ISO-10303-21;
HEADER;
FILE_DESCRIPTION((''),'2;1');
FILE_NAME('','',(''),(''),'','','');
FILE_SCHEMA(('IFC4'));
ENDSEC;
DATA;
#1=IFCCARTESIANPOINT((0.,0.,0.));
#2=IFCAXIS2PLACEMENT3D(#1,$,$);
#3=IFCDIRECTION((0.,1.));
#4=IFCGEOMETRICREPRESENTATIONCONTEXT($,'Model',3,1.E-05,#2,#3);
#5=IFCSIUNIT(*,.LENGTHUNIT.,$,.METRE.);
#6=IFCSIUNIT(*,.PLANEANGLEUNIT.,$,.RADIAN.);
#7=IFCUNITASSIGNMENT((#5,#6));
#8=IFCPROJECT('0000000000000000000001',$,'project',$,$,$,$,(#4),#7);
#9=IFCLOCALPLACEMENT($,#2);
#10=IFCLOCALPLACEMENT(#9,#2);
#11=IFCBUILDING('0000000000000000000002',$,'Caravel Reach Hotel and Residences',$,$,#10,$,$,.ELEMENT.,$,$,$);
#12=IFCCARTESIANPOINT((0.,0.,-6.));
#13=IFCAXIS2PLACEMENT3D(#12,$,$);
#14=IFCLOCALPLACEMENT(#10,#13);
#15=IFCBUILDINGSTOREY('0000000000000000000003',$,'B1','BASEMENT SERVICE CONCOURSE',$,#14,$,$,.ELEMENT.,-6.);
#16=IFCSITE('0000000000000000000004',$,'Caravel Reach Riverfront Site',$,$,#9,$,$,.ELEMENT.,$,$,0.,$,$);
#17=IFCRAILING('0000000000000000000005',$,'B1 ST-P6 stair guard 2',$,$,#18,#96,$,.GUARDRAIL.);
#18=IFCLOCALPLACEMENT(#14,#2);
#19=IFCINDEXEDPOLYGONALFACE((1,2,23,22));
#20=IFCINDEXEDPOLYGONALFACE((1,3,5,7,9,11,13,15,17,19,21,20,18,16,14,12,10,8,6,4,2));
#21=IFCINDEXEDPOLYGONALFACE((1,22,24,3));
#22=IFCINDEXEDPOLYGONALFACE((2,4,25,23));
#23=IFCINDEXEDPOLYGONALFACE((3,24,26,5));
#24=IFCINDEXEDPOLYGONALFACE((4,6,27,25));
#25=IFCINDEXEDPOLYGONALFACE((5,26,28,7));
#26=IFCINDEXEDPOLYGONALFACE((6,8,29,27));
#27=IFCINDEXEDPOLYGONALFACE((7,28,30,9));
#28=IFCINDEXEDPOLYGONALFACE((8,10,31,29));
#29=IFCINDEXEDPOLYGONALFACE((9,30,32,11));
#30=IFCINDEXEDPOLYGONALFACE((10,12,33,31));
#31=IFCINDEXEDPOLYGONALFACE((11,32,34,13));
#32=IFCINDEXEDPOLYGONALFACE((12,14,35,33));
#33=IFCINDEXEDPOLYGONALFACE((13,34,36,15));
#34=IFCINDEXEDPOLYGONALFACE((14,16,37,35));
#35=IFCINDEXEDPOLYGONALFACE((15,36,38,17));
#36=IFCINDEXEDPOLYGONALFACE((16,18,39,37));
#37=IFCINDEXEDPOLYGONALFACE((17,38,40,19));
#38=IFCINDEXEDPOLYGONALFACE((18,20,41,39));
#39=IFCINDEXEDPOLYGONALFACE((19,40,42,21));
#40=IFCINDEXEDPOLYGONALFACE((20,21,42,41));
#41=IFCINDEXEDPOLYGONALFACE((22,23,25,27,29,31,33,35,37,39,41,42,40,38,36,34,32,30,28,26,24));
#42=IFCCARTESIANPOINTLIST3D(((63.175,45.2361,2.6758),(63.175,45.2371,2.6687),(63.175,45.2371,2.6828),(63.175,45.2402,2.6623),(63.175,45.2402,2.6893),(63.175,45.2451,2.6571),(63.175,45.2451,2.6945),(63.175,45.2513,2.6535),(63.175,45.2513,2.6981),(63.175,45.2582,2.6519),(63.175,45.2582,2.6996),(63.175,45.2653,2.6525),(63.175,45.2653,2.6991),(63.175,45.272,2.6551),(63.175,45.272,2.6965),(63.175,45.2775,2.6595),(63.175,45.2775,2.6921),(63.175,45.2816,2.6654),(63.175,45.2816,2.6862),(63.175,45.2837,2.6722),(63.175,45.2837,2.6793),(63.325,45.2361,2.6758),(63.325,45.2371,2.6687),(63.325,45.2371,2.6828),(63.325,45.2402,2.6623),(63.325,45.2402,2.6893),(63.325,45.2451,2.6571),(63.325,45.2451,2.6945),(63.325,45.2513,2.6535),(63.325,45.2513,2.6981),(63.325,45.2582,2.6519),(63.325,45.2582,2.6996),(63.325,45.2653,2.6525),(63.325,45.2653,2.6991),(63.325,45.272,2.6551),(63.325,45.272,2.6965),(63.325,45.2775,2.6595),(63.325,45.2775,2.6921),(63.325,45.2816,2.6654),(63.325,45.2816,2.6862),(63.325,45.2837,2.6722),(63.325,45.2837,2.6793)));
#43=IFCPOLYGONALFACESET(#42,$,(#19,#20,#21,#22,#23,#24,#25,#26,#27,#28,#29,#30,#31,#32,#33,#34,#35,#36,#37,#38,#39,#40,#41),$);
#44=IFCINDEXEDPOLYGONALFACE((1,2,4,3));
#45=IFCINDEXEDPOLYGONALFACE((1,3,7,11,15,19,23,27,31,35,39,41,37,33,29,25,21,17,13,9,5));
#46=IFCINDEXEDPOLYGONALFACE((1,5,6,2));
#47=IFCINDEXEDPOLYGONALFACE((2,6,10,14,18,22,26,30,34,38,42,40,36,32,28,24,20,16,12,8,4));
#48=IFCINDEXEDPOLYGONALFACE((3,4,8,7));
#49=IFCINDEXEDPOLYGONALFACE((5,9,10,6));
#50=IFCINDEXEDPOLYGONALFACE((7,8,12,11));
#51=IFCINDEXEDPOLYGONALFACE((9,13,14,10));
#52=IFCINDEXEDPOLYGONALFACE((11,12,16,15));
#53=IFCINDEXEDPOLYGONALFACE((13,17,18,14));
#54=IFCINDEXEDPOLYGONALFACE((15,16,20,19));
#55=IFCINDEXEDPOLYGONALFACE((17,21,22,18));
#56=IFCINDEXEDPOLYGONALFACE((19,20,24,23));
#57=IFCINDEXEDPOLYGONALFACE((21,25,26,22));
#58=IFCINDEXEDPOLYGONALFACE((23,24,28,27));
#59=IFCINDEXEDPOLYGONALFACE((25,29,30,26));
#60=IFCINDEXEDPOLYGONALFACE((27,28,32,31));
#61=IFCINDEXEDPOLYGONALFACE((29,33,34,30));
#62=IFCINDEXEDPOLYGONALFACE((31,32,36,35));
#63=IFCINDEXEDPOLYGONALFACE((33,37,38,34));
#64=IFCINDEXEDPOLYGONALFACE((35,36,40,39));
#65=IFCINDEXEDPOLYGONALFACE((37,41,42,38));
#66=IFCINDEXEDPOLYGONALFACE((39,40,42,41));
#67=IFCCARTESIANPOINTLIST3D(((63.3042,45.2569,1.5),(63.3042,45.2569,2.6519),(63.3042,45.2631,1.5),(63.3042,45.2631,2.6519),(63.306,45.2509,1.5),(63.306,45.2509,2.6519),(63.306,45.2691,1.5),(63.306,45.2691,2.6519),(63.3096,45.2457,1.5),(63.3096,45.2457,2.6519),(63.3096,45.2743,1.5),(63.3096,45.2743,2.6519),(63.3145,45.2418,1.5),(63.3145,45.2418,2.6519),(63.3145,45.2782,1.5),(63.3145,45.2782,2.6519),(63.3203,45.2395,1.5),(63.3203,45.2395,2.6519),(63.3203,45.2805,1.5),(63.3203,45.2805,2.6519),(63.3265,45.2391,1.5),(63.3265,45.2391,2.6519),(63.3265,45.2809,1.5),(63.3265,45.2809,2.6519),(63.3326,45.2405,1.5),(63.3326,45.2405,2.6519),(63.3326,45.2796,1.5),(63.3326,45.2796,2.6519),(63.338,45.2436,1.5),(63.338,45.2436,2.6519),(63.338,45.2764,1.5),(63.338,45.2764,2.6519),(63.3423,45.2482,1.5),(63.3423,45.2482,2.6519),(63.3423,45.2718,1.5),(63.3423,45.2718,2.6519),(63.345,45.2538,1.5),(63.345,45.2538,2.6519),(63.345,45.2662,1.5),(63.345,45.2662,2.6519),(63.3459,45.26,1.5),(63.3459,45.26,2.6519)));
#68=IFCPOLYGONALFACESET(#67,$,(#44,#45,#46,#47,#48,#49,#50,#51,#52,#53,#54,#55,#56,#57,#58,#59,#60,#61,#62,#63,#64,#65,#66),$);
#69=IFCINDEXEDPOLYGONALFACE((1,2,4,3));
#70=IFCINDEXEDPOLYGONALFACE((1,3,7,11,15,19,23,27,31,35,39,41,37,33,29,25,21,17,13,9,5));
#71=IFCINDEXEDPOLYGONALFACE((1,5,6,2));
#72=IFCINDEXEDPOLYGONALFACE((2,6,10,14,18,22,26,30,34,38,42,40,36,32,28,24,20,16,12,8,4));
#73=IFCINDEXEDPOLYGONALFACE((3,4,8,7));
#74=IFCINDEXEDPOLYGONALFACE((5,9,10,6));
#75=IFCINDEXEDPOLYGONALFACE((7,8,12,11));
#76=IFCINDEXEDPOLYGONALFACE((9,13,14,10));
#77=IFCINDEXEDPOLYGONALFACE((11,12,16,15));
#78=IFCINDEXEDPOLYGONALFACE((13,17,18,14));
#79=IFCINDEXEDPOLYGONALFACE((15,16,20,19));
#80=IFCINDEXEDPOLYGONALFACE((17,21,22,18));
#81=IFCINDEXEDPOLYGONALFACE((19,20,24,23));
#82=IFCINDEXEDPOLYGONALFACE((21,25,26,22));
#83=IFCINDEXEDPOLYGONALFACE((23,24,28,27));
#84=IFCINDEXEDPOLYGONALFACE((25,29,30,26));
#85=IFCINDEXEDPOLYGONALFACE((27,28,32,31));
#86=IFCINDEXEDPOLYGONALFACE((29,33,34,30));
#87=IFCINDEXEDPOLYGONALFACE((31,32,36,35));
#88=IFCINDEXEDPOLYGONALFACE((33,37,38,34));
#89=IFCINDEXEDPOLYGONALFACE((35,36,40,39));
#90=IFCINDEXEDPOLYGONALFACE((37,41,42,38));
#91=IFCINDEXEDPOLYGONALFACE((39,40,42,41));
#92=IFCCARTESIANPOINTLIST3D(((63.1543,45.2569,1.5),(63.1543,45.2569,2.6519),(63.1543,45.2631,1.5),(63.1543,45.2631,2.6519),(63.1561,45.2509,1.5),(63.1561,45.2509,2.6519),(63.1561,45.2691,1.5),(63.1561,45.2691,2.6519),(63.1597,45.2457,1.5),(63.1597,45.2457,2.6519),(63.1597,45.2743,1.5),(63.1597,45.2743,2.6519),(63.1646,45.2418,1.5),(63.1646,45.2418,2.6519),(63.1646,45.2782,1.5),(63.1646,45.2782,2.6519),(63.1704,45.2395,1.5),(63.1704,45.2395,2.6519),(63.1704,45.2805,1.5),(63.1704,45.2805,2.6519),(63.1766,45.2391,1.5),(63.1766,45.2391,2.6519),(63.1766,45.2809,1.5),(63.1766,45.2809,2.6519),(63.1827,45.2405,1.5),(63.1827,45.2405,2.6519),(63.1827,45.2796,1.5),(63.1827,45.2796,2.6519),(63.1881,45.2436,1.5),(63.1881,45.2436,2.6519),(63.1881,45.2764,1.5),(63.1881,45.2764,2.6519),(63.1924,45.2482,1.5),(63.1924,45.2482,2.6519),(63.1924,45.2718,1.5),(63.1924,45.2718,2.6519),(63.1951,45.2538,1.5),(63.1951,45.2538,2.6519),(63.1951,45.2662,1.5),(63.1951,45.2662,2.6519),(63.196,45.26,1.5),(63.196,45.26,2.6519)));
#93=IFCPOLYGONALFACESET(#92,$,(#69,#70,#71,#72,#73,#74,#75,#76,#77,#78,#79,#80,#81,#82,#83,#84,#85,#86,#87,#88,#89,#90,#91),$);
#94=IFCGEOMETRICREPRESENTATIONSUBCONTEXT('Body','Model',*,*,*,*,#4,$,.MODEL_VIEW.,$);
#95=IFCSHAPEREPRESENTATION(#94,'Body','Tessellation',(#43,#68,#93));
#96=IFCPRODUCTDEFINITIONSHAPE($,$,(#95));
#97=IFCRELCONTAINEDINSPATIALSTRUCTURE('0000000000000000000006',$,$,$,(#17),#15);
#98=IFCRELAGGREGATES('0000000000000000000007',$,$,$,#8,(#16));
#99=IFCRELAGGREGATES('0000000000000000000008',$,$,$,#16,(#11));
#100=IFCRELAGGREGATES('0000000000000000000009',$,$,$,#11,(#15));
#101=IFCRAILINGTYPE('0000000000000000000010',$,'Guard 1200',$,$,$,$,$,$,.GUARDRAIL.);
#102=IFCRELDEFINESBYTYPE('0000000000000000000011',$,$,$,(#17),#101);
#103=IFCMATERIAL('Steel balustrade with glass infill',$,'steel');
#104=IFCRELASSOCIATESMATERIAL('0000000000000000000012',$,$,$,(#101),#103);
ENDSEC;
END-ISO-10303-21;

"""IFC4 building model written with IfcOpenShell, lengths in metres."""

from ifc_helpers import new_model, si_unit, direction, frame, origin, origin_2d, place, context, subcontext, project, spatial, circle, extrude, material, type_object, element, save


model = new_model("IFC4")

# Units and contexts
model_context = context("Model", 3, precision=1e-05, world=origin(), true_north=direction((0.0, 1.0)))
body_context = subcontext(model_context, "Body", "Model", "MODEL_VIEW")
ifc_project = project(units=[si_unit("LENGTHUNIT", "METRE"), si_unit("PLANEANGLEUNIT", "RADIAN")], contexts=[model_context])

# Site, building, storey
site_placement = place(None, origin())
site = spatial("IfcSite", under=ifc_project, at=site_placement, Name="Caravel Reach Riverfront Site", CompositionType="ELEMENT", RefElevation=0.0)
building_placement = place(site_placement, origin())
building = spatial("IfcBuilding", under=site, at=building_placement, Name="Caravel Reach Hotel and Residences", CompositionType="ELEMENT")
storey_placement = place(building_placement, frame((0.0, 0.0, -6.0)))
storey = spatial("IfcBuildingStorey", under=building, at=storey_placement, Name="B1", Description="BASEMENT SERVICE CONCOURSE", CompositionType="ELEMENT", Elevation=-6.0)

# Railing
ifc_material_1 = material(Name="Steel balustrade with glass infill", Category="steel")
railing_type_1 = type_object("IfcRailingType", Name="Guard 1200", PredefinedType="GUARDRAIL", material=ifc_material_1)
railing_1_placement = place(storey_placement, frame((63.325, 45.26, 1.5)))
element("IfcRailing", 1, at=railing_1_placement, inside=storey, type_object=railing_type_1, Name="B1 ST-P6 stair guard 2", PredefinedType="GUARDRAIL", context=body_context, shape_type="SweptSolid", body=[
    extrude(circle(Radius=0.0239, at=origin_2d()), frame((0.0, 0.0, 1.1758), z_axis=(-1.0, 0.0, 0.0), x_axis=(0.0, -1.0, 0.0)), (0.0, 0.0, 1.0), 0.1499),
    extrude(circle(Radius=0.021, at=origin_2d()), origin(), (0.0, 0.0, 1.0), 1.1519),
    extrude(circle(Radius=0.021, at=origin_2d()), frame((-0.1499, 0.0, 0.0)), (0.0, 0.0, 1.0), 1.1519),
])

save(model, "model.ifc")
